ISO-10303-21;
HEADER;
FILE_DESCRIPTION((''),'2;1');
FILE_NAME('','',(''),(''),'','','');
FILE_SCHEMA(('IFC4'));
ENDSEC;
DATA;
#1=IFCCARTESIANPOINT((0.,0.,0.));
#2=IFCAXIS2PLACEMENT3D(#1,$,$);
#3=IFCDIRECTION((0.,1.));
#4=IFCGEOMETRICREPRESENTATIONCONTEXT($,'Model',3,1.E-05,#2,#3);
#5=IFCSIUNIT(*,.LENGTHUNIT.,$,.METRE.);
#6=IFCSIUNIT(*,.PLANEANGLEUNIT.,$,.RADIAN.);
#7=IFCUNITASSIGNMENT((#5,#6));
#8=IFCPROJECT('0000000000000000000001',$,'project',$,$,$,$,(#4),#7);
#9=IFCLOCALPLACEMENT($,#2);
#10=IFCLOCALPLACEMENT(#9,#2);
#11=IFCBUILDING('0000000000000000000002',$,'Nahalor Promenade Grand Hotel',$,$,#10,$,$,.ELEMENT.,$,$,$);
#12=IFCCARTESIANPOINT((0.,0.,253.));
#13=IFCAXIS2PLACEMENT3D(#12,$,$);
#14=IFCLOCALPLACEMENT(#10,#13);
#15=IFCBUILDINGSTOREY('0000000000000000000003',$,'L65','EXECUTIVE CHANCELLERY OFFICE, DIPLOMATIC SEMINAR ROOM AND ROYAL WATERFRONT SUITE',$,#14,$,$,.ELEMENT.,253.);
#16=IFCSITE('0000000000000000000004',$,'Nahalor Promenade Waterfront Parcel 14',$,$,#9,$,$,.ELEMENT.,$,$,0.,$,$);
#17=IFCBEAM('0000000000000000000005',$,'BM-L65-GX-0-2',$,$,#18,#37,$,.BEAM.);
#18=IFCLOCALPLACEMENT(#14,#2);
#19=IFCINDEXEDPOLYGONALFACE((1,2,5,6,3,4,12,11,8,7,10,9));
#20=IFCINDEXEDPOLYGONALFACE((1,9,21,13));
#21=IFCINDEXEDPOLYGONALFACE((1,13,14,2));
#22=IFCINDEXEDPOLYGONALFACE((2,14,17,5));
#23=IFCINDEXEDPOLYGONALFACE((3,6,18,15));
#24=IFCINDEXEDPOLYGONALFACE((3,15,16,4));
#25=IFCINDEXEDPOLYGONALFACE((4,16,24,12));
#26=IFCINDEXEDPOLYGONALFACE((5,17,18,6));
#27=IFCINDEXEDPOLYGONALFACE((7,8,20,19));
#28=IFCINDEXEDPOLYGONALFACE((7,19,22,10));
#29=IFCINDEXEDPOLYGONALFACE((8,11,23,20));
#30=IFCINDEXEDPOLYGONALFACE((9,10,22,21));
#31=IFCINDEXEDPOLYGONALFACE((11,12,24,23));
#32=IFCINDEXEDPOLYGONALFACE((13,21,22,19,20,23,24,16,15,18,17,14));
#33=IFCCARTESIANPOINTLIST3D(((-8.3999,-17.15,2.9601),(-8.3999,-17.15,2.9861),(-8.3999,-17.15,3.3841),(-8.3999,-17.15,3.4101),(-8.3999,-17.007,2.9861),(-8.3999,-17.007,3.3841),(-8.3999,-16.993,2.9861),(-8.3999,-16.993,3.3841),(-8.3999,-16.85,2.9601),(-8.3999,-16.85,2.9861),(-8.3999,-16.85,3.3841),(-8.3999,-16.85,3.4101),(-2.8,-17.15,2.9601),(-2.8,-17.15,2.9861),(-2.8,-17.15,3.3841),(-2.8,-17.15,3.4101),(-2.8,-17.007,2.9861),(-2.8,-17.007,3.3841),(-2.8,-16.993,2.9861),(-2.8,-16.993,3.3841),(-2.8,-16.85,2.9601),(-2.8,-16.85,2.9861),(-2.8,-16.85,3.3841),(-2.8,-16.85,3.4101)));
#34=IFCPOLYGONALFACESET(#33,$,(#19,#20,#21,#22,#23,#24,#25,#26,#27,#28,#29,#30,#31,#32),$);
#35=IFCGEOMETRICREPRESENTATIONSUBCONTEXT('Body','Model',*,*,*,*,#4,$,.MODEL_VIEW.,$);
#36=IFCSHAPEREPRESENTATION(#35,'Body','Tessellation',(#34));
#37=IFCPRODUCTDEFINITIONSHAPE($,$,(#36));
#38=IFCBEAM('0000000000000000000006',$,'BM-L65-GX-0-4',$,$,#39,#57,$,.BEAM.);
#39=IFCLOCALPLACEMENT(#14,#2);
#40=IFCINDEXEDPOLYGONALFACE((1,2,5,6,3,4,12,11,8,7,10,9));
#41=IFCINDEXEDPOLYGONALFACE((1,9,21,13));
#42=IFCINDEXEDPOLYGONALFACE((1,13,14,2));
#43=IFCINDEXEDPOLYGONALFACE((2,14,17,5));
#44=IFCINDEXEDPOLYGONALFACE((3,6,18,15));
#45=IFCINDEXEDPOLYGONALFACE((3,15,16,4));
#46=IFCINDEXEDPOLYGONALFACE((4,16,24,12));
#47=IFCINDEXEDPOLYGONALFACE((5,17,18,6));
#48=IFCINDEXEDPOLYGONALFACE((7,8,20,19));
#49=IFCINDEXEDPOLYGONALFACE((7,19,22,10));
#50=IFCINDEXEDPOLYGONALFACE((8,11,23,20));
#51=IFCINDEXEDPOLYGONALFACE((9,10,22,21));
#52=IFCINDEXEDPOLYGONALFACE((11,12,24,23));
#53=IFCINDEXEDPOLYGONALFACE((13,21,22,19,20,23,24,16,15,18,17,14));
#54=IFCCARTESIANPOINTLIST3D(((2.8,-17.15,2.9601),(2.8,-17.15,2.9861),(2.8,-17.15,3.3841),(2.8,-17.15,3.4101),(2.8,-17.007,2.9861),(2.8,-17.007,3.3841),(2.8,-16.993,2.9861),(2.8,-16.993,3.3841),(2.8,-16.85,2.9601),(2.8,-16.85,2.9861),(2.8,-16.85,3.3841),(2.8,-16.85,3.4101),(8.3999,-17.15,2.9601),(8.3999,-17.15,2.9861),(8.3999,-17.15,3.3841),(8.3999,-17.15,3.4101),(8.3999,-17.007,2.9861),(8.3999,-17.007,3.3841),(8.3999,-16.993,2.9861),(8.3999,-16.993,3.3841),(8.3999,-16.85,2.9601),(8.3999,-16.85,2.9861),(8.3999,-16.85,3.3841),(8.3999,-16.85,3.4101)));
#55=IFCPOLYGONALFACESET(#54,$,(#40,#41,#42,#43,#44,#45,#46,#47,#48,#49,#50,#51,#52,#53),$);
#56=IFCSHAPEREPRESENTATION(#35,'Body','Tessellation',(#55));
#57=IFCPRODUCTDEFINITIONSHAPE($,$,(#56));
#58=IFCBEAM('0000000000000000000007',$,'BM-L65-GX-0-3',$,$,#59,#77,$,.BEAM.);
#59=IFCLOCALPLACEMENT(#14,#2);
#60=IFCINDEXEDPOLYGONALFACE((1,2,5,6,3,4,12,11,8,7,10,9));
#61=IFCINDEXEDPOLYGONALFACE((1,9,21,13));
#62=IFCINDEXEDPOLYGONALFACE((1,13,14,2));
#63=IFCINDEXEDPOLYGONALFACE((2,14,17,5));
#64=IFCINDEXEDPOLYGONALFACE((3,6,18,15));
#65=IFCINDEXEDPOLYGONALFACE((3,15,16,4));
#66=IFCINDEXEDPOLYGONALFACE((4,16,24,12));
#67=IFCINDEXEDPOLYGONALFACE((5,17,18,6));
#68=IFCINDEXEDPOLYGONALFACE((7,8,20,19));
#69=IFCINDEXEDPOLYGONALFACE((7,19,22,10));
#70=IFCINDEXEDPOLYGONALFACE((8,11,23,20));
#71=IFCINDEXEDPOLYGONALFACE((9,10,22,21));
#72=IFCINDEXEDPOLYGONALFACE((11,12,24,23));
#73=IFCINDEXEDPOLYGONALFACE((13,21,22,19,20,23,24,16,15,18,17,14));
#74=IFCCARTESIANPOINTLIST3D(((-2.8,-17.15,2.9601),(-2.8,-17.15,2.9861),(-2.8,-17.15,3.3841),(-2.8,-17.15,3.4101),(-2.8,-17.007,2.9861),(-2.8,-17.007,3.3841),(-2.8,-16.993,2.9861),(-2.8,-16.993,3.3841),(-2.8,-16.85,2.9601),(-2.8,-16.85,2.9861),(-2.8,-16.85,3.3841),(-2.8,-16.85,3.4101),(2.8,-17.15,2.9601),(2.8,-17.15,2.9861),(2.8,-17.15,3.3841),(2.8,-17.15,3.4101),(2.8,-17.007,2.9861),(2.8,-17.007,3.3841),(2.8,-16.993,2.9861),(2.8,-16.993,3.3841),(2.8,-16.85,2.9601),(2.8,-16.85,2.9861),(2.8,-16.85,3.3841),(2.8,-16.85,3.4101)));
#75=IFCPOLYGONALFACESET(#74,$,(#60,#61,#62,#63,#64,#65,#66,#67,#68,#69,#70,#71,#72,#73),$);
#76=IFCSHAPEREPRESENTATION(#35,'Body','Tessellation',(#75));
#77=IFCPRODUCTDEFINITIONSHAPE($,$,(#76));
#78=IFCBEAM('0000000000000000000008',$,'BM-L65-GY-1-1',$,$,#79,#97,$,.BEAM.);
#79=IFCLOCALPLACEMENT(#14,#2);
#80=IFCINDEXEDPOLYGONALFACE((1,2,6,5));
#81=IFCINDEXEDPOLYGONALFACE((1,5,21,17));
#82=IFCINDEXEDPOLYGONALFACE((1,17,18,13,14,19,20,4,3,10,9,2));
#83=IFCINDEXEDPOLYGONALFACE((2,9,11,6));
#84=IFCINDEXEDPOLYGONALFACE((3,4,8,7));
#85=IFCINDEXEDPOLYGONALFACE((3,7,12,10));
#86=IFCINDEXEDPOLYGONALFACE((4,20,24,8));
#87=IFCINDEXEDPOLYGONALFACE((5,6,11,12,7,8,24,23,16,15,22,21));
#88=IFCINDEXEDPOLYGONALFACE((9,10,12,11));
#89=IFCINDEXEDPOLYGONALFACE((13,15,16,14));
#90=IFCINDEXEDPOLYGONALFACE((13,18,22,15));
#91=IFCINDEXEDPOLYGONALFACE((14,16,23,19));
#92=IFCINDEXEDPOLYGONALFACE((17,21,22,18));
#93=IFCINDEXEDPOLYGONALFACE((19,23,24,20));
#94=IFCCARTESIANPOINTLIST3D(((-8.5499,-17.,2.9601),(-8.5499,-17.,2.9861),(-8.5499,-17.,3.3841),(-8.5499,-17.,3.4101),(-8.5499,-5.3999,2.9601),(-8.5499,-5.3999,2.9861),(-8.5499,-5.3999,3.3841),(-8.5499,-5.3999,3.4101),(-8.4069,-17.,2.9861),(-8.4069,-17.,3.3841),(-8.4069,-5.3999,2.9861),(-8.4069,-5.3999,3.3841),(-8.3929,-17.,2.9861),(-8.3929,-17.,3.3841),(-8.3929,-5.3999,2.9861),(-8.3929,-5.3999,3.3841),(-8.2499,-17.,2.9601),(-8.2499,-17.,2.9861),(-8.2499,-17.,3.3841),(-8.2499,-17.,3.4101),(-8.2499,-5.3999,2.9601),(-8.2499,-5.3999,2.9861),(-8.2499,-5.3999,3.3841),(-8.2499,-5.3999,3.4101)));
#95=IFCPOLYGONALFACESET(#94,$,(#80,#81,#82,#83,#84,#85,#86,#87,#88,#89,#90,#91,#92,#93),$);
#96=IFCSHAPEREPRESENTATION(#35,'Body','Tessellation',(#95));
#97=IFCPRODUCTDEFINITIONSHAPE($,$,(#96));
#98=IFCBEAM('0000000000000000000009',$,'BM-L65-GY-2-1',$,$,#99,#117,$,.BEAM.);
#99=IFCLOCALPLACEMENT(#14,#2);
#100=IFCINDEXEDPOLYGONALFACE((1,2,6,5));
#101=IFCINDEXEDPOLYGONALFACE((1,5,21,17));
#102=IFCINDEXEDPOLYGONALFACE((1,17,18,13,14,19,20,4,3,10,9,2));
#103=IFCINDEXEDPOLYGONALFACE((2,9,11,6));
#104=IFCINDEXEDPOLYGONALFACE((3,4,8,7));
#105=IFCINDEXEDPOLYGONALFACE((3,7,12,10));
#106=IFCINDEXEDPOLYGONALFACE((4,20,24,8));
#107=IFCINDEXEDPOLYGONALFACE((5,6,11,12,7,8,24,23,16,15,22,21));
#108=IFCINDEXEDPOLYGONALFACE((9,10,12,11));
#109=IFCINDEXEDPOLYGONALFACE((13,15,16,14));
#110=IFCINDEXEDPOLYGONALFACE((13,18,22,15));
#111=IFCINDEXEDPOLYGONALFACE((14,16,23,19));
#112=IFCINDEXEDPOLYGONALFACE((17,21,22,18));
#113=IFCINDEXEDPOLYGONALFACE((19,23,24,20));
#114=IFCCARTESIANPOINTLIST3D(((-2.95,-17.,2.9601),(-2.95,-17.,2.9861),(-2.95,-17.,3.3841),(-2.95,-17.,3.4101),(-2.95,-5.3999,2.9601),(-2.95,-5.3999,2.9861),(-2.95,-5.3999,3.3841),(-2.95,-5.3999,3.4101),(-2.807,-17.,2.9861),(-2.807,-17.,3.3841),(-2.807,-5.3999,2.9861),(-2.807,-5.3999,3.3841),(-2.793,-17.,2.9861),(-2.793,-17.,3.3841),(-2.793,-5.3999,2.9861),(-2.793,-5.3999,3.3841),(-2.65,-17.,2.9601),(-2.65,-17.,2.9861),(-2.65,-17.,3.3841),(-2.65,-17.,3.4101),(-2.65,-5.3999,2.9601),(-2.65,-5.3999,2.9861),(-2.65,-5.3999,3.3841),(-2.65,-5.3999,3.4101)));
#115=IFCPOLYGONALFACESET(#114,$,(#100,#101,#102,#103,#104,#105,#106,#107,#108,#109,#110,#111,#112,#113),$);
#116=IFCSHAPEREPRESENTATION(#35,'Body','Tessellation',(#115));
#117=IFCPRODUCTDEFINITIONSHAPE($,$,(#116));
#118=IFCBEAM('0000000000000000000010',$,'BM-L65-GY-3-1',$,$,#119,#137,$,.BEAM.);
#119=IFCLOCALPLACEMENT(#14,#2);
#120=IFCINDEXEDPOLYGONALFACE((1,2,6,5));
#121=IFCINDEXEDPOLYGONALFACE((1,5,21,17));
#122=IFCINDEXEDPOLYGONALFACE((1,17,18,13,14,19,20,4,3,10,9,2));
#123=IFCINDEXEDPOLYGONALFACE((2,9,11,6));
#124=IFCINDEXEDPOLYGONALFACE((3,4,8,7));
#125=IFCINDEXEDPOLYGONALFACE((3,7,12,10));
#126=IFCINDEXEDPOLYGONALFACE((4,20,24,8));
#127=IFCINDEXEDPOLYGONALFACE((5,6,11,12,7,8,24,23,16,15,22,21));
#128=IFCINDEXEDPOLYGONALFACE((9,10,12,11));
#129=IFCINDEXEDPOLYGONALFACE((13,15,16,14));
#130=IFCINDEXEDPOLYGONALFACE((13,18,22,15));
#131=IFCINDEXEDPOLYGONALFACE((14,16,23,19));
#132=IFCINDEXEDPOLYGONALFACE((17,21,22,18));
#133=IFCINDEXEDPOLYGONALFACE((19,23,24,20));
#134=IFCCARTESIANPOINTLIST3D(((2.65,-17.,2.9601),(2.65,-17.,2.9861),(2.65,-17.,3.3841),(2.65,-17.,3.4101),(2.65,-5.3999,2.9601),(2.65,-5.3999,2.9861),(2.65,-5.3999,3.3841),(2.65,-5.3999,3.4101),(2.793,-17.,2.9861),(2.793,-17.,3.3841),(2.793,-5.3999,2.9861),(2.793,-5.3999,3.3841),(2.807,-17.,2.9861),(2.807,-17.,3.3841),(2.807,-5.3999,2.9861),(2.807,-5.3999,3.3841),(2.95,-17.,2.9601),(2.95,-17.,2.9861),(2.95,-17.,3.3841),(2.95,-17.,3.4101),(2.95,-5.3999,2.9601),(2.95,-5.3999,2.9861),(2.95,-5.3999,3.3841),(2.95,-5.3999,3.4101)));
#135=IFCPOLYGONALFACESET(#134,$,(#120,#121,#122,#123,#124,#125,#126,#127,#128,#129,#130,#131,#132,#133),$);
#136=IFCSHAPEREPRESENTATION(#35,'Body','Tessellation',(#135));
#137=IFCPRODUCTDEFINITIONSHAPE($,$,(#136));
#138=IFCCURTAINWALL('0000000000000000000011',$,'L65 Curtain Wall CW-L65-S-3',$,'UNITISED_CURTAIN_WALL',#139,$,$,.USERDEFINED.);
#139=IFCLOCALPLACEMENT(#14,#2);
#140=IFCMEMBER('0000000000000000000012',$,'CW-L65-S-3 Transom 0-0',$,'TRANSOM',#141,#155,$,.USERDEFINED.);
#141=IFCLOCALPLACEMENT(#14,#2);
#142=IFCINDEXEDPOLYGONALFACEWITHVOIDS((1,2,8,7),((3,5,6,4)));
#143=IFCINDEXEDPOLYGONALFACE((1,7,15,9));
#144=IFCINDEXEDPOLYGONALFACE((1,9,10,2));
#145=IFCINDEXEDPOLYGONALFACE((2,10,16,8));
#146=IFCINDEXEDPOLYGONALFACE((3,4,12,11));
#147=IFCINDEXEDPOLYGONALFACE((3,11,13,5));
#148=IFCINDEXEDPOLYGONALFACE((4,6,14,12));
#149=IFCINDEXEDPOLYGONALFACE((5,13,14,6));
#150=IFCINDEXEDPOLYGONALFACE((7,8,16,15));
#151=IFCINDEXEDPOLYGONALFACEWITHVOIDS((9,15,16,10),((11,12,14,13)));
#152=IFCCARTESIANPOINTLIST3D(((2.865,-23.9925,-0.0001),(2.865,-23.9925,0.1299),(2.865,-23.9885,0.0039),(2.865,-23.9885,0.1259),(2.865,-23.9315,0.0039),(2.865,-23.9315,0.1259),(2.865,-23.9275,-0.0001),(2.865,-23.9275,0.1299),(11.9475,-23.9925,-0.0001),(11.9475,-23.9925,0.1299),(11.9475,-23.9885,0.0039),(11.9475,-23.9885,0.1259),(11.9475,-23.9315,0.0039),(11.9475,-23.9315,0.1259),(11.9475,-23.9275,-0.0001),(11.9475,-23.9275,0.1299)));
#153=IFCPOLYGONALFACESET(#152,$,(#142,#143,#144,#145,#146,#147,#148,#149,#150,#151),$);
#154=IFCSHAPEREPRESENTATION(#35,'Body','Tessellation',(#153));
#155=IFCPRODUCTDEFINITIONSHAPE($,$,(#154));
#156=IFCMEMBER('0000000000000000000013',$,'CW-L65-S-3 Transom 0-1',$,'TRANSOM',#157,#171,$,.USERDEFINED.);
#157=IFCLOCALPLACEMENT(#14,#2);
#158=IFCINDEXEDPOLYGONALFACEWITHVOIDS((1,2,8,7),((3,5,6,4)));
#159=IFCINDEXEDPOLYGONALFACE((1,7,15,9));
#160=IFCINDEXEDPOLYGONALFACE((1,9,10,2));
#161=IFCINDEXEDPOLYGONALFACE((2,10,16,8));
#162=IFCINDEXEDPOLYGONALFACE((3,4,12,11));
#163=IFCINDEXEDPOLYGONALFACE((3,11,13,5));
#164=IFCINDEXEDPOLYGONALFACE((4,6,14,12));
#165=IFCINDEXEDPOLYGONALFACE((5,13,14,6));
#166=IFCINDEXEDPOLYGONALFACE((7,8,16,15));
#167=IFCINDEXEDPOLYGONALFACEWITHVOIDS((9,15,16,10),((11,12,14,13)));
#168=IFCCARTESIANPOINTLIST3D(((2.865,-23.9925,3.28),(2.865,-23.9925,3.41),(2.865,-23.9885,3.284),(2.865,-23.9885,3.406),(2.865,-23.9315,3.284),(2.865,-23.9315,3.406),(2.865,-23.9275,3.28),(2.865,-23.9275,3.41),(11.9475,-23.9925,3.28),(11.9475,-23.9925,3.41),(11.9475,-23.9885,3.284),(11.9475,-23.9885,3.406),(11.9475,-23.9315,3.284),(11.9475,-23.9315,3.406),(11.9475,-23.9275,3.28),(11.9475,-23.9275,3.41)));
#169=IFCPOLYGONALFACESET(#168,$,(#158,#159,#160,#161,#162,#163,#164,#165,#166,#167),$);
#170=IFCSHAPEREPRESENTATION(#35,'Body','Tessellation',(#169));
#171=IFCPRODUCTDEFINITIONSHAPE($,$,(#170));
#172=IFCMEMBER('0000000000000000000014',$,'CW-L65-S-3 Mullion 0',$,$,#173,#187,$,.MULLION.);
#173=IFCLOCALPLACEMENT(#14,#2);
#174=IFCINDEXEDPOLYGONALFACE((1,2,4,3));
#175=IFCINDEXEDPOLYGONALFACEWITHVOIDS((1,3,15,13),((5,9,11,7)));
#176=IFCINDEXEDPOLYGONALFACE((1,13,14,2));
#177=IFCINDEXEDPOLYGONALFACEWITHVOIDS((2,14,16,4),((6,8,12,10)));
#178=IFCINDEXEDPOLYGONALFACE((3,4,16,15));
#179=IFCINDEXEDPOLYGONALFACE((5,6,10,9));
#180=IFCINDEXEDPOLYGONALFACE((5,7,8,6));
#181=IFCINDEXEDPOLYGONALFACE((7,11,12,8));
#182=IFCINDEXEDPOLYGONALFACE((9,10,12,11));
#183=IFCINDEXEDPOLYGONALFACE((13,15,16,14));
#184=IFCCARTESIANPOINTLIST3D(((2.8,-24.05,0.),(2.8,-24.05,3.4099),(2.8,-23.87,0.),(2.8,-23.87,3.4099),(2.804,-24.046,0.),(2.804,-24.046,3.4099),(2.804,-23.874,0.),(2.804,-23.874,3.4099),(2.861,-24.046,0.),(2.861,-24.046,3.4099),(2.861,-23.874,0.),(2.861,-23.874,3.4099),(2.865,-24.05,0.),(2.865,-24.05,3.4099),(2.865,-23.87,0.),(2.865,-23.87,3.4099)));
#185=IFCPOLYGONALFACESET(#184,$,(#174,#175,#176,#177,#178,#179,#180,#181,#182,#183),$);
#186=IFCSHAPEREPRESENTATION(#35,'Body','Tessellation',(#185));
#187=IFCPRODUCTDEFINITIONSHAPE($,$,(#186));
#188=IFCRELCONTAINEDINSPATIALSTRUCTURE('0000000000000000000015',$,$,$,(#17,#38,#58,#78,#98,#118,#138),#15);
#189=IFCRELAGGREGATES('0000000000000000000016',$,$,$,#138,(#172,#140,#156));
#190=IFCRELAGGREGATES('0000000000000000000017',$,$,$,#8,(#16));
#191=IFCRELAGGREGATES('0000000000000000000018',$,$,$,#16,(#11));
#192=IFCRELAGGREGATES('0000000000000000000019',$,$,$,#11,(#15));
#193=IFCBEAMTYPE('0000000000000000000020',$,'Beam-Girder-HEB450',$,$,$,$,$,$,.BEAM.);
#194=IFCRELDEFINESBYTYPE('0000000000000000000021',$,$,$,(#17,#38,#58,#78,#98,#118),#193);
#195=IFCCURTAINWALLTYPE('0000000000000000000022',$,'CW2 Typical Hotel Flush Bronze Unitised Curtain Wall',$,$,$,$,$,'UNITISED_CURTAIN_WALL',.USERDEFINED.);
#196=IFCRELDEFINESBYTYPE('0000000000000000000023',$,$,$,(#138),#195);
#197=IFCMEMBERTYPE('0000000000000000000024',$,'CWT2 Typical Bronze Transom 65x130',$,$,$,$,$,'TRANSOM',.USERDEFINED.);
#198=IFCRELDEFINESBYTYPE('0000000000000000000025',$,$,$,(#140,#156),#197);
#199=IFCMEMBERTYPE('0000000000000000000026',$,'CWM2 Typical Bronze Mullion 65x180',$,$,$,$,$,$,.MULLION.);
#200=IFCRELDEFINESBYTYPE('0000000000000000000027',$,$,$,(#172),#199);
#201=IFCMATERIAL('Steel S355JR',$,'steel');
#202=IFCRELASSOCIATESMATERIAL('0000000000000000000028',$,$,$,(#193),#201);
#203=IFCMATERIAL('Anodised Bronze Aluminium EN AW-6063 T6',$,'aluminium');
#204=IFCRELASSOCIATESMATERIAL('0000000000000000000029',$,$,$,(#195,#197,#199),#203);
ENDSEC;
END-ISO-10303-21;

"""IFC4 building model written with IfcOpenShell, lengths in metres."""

from ifc_helpers import new_model, si_unit, direction, frame, origin, origin_2d, place, context, subcontext, project, spatial, hollow_rectangle, i_section, extrude, source, transform, mapped, material, material_profile, profile_set, type_object, element, aggregate, save


model = new_model("IFC4")

# Units and contexts
model_context = context("Model", 3, precision=1e-05, world=origin(), true_north=direction((0.0, 1.0)))
body_context = subcontext(model_context, "Body", "Model", "MODEL_VIEW")
ifc_project = project(units=[si_unit("LENGTHUNIT", "METRE"), si_unit("PLANEANGLEUNIT", "RADIAN")], contexts=[model_context])

# Site, building, storey
site_placement = place(None, origin())
site = spatial("IfcSite", under=ifc_project, at=site_placement, Name="Nahalor Promenade Waterfront Parcel 14", CompositionType="ELEMENT", RefElevation=0.0)
building_placement = place(site_placement, origin())
building = spatial("IfcBuilding", under=site, at=building_placement, Name="Nahalor Promenade Grand Hotel", CompositionType="ELEMENT")
storey_placement = place(building_placement, frame((0.0, 0.0, 253.0)))
storey = spatial("IfcBuildingStorey", under=building, at=storey_placement, Name="L65", Description="EXECUTIVE CHANCELLERY OFFICE, DIPLOMATIC SEMINAR ROOM AND ROYAL WATERFRONT SUITE", CompositionType="ELEMENT", Elevation=253.0)

# Shared definitions
ifc_material_1 = material(Name="Steel S355JR", Category="steel")

# Beams
ifc_material_profile_1 = material_profile(ifc_material_1, i_section(OverallWidth=0.3, OverallDepth=0.45, WebThickness=0.014, FlangeThickness=0.026, at=origin_2d()), Name="HEB 450")
ifc_profile_set_1 = profile_set([ifc_material_profile_1], Name="Steel S355JR")
beam_type_1 = type_object("IfcBeamType", Name="Beam-Girder-HEB450", PredefinedType="BEAM", material=ifc_profile_set_1)
shared_shape_1 = source(origin(), body_context, "Body", "SweptSolid", [
    extrude(i_section(OverallWidth=0.3, OverallDepth=0.45, WebThickness=0.014, FlangeThickness=0.026, at=origin_2d()), origin(), (0.0, 0.0, 1.0), 5.5999),
])
for number, where, z_axis, x_axis, name in (
    (1, (-8.3999, -17.0, 3.1851), (1.0, 0.0, 0.0), (0.0, 1.0, 0.0), "BM-L65-GX-0-2"),
    (2, (2.8, -17.0, 3.1851), (1.0, 0.0, 0.0), (0.0, 1.0, 0.0), "BM-L65-GX-0-4"),
):
    element("IfcBeam", number, at=place(storey_placement, frame(where, z_axis=z_axis, x_axis=x_axis)), inside=storey, type_object=beam_type_1, Name=name, PredefinedType="BEAM", context=body_context, shape_type="MappedRepresentation", body=[
        mapped(shared_shape_1, transform((0.0, 0.0, 0.0), scale=1.0)),
    ])
shared_shape_2 = source(origin(), body_context, "Body", "SweptSolid", [
    extrude(i_section(OverallWidth=0.3, OverallDepth=0.45, WebThickness=0.014, FlangeThickness=0.026, at=origin_2d()), origin(), (0.0, 0.0, 1.0), 5.6001),
])
beam_1_placement = place(storey_placement, frame((-2.8, -17.0, 3.1851), z_axis=(1.0, 0.0, 0.0), x_axis=(0.0, 1.0, 0.0)))
element("IfcBeam", 3, at=beam_1_placement, inside=storey, type_object=beam_type_1, Name="BM-L65-GX-0-3", PredefinedType="BEAM", context=body_context, shape_type="MappedRepresentation", body=[
    mapped(shared_shape_2, transform((0.0, 0.0, 0.0), scale=1.0)),
])
shared_shape_3 = source(origin(), body_context, "Body", "SweptSolid", [
    extrude(i_section(OverallWidth=0.3, OverallDepth=0.45, WebThickness=0.014, FlangeThickness=0.026, at=origin_2d()), origin(), (0.0, 0.0, 1.0), 11.6001),
])
for number, where, z_axis, x_axis, name in (
    (4, (-8.3999, -17.0, 3.1851), (0.0, 1.0, 0.0), (-1.0, 0.0, 0.0), "BM-L65-GY-1-1"),
    (5, (-2.8, -17.0, 3.1851), (0.0, 1.0, 0.0), (-1.0, 0.0, 0.0), "BM-L65-GY-2-1"),
    (6, (2.8, -17.0, 3.1851), (0.0, 1.0, 0.0), (-1.0, 0.0, 0.0), "BM-L65-GY-3-1"),
):
    element("IfcBeam", number, at=place(storey_placement, frame(where, z_axis=z_axis, x_axis=x_axis)), inside=storey, type_object=beam_type_1, Name=name, PredefinedType="BEAM", context=body_context, shape_type="MappedRepresentation", body=[
        mapped(shared_shape_3, transform((0.0, 0.0, 0.0), scale=1.0)),
    ])

# Curtain wall, members
ifc_material_2 = material(Name="Anodised Bronze Aluminium EN AW-6063 T6", Category="aluminium")
curtain_wall_type = type_object("IfcCurtainWallType", Name="CW2 Typical Hotel Flush Bronze Unitised Curtain Wall", ElementType="UNITISED_CURTAIN_WALL", PredefinedType="USERDEFINED", material=ifc_material_2)
curtain_wall_placement = place(storey_placement, origin())
curtain_wall = element("IfcCurtainWall", 7, at=curtain_wall_placement, inside=storey, type_object=curtain_wall_type, Name="L65 Curtain Wall CW-L65-S-3", ObjectType="UNITISED_CURTAIN_WALL", PredefinedType="USERDEFINED")
ifc_material_profile_2 = material_profile(ifc_material_2, hollow_rectangle(XDim=0.065, YDim=0.13, WallThickness=0.004, at=origin_2d()), Name="CWT 65x130x4")
ifc_profile_set_2 = profile_set([ifc_material_profile_2], Name="Anodised Bronze Aluminium EN AW-6063 T6")
member_type_1 = type_object("IfcMemberType", Name="CWT2 Typical Bronze Transom 65x130", ElementType="TRANSOM", PredefinedType="USERDEFINED", material=ifc_profile_set_2)
shared_shape_4 = source(origin(), body_context, "Body", "SweptSolid", [
    extrude(hollow_rectangle(XDim=0.065, YDim=0.13, WallThickness=0.004, at=origin_2d()), origin(), (0.0, 0.0, 1.0), 9.0825),
])
member_1_placement = place(storey_placement, frame((2.865, -23.96, 0.0649), z_axis=(1.0, 0.0, 0.0), x_axis=(0.0, 1.0, 0.0)))
member_1 = element("IfcMember", 8, at=member_1_placement, type_object=member_type_1, Name="CW-L65-S-3 Transom 0-0", ObjectType="TRANSOM", PredefinedType="USERDEFINED", context=body_context, shape_type="MappedRepresentation", body=[
    mapped(shared_shape_4, transform((0.0, 0.0, 0.0), scale=1.0)),
])
member_2_placement = place(storey_placement, frame((2.865, -23.96, 3.345), z_axis=(1.0, 0.0, 0.0), x_axis=(0.0, 1.0, 0.0)))
member_2 = element("IfcMember", 9, at=member_2_placement, type_object=member_type_1, Name="CW-L65-S-3 Transom 0-1", ObjectType="TRANSOM", PredefinedType="USERDEFINED", context=body_context, shape_type="MappedRepresentation", body=[
    mapped(shared_shape_4, transform((0.0, 0.0, 0.0), scale=1.0)),
])
ifc_material_profile_3 = material_profile(ifc_material_2, hollow_rectangle(XDim=0.065, YDim=0.18, WallThickness=0.004, at=origin_2d()), Name="CWM 65x180x4")
ifc_profile_set_3 = profile_set([ifc_material_profile_3], Name="Anodised Bronze Aluminium EN AW-6063 T6")
member_type_2 = type_object("IfcMemberType", Name="CWM2 Typical Bronze Mullion 65x180", PredefinedType="MULLION", material=ifc_profile_set_3)
shared_shape_5 = source(origin(), body_context, "Body", "SweptSolid", [
    extrude(hollow_rectangle(XDim=0.065, YDim=0.18, WallThickness=0.004, at=origin_2d()), origin(), (0.0, 0.0, 1.0), 3.4099),
])
member_3_placement = place(storey_placement, frame((2.8325, -23.96, 0.0), z_axis=(0.0, 0.0, 1.0), x_axis=(1.0, 0.0, 0.0)))
member_3 = element("IfcMember", 10, at=member_3_placement, type_object=member_type_2, Name="CW-L65-S-3 Mullion 0", PredefinedType="MULLION", context=body_context, shape_type="MappedRepresentation", body=[
    mapped(shared_shape_5, transform((0.0, 0.0, 0.0), scale=1.0)),
])
aggregate(curtain_wall, [member_3, member_1, member_2])

save(model, "model.ifc")
